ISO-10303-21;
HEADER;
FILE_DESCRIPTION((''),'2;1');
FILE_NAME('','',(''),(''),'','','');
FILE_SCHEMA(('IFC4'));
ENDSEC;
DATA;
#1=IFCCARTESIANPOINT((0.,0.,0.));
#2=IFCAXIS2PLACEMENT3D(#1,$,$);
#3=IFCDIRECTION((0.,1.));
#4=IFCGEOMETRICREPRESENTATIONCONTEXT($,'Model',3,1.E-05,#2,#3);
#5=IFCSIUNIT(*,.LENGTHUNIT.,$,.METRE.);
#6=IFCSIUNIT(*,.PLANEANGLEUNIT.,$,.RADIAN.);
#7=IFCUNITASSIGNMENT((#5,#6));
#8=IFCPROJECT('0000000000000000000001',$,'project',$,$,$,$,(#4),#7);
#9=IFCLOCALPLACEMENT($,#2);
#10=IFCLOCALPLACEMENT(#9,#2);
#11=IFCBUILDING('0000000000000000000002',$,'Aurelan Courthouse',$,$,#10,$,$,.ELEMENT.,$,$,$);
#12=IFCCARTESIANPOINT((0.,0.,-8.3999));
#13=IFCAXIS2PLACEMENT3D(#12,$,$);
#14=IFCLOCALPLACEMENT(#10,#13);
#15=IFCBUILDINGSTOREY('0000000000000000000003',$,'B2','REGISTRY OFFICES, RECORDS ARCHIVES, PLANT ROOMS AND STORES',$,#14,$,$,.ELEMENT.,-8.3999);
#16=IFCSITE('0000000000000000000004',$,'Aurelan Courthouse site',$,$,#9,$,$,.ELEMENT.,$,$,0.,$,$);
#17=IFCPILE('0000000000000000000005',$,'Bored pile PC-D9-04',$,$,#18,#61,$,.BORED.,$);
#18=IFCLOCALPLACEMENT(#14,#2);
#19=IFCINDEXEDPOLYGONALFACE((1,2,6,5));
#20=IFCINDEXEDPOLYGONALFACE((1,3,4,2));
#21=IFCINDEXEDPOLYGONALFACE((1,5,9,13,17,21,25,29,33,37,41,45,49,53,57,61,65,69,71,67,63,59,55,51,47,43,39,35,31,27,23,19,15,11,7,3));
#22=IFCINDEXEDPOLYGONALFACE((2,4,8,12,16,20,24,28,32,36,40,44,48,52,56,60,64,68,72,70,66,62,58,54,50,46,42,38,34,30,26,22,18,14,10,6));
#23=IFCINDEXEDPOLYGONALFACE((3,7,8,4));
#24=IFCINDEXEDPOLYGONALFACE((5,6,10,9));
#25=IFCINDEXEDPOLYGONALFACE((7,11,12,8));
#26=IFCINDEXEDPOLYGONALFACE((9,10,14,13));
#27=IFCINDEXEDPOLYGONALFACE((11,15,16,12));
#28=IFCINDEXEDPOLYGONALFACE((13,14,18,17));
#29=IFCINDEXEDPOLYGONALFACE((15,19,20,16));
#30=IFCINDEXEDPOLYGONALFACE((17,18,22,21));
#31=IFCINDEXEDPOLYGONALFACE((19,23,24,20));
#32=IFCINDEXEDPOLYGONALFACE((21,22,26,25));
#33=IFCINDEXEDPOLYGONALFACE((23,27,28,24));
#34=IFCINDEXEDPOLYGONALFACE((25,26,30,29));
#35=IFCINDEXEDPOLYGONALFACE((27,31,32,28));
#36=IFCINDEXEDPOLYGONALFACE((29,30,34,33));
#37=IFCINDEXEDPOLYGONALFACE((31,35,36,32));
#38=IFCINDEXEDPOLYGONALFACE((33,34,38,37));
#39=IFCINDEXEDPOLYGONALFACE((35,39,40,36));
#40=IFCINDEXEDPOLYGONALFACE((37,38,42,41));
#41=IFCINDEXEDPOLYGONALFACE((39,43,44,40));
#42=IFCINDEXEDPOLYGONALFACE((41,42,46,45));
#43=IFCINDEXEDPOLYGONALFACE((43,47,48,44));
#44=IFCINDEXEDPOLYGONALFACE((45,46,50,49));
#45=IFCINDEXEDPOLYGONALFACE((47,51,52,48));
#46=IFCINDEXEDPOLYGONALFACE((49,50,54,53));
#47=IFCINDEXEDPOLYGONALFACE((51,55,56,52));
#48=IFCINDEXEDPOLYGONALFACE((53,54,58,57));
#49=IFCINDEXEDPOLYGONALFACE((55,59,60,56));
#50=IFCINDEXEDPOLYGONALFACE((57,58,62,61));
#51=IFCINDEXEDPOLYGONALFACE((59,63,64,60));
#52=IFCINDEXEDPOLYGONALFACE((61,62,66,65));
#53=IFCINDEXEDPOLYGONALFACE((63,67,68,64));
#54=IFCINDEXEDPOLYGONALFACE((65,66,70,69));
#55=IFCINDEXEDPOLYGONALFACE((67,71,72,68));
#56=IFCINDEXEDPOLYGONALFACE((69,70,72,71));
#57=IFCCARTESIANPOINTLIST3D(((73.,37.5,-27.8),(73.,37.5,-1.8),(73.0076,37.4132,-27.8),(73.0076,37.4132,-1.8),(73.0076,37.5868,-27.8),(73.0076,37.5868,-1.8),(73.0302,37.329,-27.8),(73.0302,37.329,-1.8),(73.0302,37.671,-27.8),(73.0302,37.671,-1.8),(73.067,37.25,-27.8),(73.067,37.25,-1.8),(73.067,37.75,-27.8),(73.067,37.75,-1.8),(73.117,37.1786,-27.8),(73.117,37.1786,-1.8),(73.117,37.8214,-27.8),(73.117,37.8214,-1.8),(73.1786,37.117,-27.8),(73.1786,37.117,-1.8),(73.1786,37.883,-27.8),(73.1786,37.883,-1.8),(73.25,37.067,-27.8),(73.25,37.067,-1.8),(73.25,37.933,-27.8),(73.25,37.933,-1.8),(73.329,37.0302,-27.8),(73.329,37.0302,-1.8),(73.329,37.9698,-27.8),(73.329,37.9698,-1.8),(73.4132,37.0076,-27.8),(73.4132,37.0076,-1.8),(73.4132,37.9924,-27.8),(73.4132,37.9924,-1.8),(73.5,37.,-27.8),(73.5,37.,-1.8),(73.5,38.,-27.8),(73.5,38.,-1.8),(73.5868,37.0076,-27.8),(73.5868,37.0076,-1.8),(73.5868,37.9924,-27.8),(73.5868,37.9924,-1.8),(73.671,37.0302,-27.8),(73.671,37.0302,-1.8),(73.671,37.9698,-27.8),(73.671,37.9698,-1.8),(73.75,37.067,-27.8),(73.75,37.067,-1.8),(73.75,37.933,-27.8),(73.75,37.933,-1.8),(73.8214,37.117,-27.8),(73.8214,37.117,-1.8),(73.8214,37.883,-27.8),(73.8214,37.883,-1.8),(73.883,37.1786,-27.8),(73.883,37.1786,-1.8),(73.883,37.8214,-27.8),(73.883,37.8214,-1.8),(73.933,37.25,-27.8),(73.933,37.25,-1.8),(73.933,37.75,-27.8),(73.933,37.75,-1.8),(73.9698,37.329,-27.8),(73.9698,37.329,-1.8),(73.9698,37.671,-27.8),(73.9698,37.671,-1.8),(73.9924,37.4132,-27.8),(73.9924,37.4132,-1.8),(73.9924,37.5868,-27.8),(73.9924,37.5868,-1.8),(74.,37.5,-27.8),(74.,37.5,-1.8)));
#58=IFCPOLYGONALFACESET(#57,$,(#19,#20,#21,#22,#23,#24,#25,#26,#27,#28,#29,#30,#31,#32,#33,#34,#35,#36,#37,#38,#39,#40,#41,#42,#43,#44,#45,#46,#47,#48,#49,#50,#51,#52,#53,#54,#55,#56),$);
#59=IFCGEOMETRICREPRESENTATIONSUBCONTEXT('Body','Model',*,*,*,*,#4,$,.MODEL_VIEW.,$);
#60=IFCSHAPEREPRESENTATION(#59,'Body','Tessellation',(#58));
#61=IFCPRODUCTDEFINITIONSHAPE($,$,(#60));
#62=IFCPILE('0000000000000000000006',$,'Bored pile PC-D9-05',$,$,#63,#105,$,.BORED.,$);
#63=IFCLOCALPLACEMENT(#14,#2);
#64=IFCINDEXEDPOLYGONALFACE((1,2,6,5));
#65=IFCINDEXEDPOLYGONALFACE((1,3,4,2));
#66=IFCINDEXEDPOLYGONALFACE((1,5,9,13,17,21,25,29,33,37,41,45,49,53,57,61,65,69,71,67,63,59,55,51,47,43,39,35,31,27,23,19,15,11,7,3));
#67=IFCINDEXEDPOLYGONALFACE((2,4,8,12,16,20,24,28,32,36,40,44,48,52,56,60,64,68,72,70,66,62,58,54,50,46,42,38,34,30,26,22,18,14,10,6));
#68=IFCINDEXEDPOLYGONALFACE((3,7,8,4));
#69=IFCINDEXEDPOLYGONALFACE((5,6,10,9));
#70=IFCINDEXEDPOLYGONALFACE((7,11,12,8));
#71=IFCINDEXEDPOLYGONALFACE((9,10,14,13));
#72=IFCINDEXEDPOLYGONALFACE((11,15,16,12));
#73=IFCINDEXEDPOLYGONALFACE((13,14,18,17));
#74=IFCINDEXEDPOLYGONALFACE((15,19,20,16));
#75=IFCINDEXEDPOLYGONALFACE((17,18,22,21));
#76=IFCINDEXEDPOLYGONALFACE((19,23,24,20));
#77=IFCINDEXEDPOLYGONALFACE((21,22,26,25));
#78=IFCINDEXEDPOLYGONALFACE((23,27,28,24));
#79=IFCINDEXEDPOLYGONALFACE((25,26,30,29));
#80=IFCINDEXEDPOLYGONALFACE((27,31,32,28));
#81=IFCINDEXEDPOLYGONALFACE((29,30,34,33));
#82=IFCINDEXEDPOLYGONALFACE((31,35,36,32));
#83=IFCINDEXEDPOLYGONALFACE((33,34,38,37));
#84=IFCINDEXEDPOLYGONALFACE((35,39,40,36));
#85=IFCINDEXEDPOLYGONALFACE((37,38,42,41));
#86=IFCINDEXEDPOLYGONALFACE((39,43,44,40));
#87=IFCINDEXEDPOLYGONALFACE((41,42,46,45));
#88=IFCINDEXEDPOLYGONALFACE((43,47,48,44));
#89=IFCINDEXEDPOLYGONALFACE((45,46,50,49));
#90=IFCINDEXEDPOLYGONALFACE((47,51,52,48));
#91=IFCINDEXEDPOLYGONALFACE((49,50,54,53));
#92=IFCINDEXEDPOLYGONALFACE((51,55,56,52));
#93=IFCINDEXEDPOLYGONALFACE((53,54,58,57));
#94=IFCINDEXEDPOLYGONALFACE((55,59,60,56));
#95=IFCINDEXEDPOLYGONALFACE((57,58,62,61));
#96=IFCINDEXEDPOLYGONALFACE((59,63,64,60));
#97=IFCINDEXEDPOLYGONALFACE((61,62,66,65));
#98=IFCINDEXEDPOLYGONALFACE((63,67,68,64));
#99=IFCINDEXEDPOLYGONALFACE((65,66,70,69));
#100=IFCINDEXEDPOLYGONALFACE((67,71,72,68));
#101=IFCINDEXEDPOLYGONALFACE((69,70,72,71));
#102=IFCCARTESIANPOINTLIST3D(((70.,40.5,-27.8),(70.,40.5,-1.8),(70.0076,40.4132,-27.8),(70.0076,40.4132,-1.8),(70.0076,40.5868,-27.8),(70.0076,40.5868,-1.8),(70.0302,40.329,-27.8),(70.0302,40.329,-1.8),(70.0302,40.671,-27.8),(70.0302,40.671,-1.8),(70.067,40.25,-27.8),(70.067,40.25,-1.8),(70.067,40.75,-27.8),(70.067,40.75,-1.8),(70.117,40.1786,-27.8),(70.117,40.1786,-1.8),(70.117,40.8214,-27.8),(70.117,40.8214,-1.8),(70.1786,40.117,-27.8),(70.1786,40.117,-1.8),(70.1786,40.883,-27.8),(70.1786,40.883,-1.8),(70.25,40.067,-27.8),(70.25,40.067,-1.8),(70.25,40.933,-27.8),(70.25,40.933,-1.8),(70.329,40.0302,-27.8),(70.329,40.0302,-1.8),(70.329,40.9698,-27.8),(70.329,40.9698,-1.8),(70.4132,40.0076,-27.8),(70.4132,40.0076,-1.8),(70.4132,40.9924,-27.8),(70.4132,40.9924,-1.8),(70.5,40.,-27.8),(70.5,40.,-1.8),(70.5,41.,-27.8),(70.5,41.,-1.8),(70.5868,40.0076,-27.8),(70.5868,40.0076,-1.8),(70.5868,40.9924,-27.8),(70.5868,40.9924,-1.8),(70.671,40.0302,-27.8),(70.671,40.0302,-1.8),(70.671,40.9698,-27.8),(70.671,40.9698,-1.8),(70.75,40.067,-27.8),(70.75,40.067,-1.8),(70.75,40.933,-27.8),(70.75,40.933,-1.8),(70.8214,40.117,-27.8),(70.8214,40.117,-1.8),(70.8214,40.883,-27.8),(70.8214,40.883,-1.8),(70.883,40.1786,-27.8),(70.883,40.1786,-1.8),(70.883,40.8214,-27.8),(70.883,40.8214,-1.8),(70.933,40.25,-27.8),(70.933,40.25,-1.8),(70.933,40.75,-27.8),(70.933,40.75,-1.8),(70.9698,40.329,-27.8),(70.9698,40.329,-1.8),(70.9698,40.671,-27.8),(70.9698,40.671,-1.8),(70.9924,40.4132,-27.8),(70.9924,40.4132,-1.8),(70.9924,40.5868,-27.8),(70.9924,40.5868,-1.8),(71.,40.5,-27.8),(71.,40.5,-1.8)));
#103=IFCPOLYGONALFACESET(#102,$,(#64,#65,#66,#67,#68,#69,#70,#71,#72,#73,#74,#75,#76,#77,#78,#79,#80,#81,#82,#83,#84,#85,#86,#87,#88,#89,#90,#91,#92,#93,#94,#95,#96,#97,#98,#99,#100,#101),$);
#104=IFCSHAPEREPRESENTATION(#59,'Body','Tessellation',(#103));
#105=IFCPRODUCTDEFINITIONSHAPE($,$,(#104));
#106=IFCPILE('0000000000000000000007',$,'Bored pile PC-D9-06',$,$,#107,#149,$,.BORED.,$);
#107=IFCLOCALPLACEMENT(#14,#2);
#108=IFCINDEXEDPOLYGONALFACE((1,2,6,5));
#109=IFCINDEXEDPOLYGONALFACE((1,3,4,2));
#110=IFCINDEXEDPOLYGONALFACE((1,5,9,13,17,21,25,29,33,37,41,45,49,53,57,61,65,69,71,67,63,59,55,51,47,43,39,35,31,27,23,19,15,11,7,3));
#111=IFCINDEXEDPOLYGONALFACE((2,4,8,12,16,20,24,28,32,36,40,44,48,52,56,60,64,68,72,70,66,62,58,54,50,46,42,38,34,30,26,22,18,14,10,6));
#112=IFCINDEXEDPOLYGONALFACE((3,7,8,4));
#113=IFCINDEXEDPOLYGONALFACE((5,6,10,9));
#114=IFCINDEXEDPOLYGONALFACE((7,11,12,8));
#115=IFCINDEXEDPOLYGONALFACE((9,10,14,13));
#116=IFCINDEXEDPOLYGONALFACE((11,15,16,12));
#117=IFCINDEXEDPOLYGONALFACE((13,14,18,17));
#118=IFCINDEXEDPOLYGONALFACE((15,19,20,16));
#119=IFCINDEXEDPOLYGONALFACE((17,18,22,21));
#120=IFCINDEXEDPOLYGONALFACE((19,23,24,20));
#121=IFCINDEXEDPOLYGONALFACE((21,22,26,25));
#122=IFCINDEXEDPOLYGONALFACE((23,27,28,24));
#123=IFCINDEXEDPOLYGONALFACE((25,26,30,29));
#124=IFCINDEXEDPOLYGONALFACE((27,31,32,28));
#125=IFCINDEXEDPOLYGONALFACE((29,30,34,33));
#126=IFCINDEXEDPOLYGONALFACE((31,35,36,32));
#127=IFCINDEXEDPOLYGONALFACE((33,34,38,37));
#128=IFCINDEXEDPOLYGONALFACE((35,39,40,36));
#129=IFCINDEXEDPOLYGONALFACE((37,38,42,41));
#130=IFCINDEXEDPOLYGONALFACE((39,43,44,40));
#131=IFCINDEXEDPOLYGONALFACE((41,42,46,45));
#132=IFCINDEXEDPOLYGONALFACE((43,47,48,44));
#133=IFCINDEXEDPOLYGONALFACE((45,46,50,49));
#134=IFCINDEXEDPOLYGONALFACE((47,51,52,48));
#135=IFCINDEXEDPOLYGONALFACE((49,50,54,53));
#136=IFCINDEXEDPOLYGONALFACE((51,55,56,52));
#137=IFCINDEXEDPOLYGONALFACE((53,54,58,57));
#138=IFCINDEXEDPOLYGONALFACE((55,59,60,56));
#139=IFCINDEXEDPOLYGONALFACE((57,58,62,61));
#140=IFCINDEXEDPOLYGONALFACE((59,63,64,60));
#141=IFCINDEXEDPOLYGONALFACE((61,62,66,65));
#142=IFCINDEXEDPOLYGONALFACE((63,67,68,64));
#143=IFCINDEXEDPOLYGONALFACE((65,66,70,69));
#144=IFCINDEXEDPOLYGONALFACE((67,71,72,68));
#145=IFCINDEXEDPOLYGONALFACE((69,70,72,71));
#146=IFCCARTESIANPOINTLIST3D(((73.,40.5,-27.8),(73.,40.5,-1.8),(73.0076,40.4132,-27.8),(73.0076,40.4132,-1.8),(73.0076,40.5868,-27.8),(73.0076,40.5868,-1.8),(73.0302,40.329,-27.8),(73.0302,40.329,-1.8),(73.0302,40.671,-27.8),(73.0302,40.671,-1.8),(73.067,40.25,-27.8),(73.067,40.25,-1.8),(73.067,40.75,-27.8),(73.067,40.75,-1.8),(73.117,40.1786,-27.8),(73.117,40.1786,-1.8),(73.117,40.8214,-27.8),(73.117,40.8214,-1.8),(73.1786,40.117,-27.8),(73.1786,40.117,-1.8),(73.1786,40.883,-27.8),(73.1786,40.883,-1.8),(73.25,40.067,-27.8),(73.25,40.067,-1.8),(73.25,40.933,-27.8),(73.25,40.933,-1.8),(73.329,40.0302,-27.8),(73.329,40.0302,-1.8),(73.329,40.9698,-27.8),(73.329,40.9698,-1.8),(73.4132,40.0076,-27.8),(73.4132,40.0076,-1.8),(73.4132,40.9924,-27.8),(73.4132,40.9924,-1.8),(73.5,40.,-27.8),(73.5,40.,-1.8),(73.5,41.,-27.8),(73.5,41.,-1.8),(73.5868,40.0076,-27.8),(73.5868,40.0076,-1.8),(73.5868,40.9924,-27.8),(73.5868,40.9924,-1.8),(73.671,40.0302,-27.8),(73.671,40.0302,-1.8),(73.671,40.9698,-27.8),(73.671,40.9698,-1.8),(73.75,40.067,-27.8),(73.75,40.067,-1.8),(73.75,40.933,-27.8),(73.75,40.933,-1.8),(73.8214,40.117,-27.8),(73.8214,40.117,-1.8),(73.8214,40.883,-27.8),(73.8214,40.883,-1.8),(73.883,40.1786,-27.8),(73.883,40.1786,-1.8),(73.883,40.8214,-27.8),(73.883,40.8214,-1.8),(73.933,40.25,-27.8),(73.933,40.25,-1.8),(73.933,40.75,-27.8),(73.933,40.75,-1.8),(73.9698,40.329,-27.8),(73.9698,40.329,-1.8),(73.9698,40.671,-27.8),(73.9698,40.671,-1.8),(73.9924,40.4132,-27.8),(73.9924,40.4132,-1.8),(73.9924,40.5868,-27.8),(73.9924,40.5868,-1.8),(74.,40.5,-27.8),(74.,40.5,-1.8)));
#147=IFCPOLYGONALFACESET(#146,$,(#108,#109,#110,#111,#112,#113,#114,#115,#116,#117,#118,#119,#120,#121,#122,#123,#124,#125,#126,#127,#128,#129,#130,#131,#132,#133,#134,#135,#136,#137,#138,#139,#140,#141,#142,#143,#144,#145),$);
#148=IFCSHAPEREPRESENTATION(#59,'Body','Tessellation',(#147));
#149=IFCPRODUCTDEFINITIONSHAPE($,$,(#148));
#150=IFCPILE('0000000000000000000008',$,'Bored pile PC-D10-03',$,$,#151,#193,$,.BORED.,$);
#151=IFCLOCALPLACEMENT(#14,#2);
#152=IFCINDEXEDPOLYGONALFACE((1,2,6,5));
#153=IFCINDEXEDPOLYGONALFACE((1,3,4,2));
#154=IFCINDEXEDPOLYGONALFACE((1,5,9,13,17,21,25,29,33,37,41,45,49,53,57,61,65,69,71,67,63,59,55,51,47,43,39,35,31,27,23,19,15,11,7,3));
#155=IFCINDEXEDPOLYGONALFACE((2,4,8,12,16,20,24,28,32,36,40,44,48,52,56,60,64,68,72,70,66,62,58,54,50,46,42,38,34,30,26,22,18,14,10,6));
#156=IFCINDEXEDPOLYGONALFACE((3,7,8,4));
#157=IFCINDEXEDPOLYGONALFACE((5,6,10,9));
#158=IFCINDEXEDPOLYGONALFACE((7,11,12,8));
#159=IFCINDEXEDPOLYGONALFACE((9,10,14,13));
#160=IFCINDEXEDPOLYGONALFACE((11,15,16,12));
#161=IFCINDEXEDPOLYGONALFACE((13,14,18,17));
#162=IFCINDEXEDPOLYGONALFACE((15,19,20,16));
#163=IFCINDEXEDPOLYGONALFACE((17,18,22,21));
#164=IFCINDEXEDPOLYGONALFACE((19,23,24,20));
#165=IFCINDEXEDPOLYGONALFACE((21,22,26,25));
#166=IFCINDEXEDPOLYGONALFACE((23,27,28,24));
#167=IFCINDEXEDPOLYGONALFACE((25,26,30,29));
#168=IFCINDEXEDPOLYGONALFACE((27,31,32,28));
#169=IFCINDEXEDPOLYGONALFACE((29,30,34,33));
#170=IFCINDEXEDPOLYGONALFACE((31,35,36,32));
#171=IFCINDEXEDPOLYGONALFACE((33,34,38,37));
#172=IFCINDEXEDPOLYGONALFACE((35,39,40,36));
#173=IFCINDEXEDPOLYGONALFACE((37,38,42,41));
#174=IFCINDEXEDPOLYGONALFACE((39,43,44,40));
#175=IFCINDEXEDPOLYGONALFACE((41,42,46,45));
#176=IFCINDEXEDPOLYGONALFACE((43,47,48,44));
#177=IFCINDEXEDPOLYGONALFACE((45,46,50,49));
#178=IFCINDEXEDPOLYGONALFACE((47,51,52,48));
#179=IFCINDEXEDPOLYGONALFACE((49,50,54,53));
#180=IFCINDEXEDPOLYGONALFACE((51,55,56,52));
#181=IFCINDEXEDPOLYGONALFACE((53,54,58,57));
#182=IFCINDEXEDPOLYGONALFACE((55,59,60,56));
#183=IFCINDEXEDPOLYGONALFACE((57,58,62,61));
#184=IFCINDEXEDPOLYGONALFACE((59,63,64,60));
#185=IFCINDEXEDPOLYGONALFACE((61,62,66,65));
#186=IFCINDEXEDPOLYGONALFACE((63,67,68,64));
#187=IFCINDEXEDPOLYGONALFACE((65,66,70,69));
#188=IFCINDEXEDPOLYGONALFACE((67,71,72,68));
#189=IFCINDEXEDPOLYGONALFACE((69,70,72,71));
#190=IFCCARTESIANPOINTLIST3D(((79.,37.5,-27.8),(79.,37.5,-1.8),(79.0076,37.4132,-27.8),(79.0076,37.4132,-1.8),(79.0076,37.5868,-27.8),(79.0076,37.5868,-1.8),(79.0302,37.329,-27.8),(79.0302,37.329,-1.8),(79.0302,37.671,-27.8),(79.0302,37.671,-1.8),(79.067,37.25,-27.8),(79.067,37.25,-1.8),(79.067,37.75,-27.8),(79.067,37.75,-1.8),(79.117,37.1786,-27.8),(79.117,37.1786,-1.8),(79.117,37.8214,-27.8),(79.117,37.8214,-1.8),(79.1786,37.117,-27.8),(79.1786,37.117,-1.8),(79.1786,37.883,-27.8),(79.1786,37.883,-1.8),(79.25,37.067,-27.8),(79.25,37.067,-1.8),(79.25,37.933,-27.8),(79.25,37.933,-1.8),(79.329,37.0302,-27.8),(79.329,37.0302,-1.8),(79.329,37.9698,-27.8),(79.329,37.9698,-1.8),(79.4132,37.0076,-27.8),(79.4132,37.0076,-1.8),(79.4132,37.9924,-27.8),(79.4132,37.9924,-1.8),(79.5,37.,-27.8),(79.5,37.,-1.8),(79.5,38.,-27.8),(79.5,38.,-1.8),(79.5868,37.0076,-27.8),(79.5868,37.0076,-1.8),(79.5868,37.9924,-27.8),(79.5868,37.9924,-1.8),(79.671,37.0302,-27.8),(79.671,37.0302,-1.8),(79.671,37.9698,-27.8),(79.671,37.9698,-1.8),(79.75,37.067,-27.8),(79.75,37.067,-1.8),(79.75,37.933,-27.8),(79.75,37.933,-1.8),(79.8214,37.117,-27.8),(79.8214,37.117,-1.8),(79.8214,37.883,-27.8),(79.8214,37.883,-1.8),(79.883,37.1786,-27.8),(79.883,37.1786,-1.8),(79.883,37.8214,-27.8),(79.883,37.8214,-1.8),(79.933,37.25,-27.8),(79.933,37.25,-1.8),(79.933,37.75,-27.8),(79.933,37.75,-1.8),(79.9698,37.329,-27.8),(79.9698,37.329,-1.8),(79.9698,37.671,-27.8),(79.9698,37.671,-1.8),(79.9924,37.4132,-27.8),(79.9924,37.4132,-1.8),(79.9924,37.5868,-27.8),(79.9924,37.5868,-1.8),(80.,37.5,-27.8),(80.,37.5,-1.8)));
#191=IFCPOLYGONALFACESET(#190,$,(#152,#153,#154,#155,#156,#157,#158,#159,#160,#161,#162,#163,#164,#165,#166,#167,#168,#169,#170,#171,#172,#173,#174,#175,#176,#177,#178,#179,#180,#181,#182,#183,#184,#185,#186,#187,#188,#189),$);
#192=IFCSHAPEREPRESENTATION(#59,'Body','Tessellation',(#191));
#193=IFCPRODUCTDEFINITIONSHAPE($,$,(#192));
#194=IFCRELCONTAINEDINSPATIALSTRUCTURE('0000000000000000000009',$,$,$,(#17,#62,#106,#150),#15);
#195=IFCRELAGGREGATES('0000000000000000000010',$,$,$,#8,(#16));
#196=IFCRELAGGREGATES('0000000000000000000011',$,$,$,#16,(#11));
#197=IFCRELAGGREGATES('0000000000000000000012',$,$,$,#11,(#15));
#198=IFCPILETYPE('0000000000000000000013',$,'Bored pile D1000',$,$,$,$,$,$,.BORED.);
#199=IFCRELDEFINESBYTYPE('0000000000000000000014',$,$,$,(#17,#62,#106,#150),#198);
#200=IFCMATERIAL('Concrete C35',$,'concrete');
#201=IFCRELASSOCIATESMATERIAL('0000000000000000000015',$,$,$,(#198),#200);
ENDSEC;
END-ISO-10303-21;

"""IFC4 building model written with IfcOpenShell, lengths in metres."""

from ifc_helpers import new_model, si_unit, direction, frame, origin, origin_2d, place, context, subcontext, project, spatial, circle, extrude, material, material_profile, profile_set, type_object, element, save


model = new_model("IFC4")

# Units and contexts
model_context = context("Model", 3, precision=1e-05, world=origin(), true_north=direction((0.0, 1.0)))
body_context = subcontext(model_context, "Body", "Model", "MODEL_VIEW")
ifc_project = project(units=[si_unit("LENGTHUNIT", "METRE"), si_unit("PLANEANGLEUNIT", "RADIAN")], contexts=[model_context])

# Site, building, storey
site_placement = place(None, origin())
site = spatial("IfcSite", under=ifc_project, at=site_placement, Name="Aurelan Courthouse site", CompositionType="ELEMENT", RefElevation=0.0)
building_placement = place(site_placement, origin())
building = spatial("IfcBuilding", under=site, at=building_placement, Name="Aurelan Courthouse", CompositionType="ELEMENT")
storey_placement = place(building_placement, frame((0.0, 0.0, -8.3999)))
storey = spatial("IfcBuildingStorey", under=building, at=storey_placement, Name="B2", Description="REGISTRY OFFICES, RECORDS ARCHIVES, PLANT ROOMS AND STORES", CompositionType="ELEMENT", Elevation=-8.3999)

# Piles
ifc_material_1 = material(Name="Concrete C35", Category="concrete")
ifc_material_profile_1 = material_profile(ifc_material_1, circle(Radius=0.5, at=origin_2d()), Name="D1000")
ifc_profile_set_1 = profile_set([ifc_material_profile_1], Name="Concrete C35")
pile_type = type_object("IfcPileType", Name="Bored pile D1000", PredefinedType="BORED", material=ifc_profile_set_1)
for number, where, z_axis, x_axis, name in (
    (1, (73.5, 37.5, -1.8), (0.0, 0.0, -1.0), (1.0, 0.0, 0.0), "Bored pile PC-D9-04"),
    (2, (70.5, 40.5, -1.8), (0.0, 0.0, -1.0), (1.0, 0.0, 0.0), "Bored pile PC-D9-05"),
    (3, (73.5, 40.5, -1.8), (0.0, 0.0, -1.0), (1.0, 0.0, 0.0), "Bored pile PC-D9-06"),
    (4, (79.5, 37.5, -1.8), (0.0, 0.0, -1.0), (1.0, 0.0, 0.0), "Bored pile PC-D10-03"),
):
    element("IfcPile", number, at=place(storey_placement, frame(where, z_axis=z_axis, x_axis=x_axis)), inside=storey, type_object=pile_type, Name=name, PredefinedType="BORED", context=body_context, shape_type="SweptSolid", body=[
        extrude(circle(Radius=0.5, at=origin_2d()), origin(), (0.0, 0.0, 1.0), 26.0),
    ])

save(model, "model.ifc")
